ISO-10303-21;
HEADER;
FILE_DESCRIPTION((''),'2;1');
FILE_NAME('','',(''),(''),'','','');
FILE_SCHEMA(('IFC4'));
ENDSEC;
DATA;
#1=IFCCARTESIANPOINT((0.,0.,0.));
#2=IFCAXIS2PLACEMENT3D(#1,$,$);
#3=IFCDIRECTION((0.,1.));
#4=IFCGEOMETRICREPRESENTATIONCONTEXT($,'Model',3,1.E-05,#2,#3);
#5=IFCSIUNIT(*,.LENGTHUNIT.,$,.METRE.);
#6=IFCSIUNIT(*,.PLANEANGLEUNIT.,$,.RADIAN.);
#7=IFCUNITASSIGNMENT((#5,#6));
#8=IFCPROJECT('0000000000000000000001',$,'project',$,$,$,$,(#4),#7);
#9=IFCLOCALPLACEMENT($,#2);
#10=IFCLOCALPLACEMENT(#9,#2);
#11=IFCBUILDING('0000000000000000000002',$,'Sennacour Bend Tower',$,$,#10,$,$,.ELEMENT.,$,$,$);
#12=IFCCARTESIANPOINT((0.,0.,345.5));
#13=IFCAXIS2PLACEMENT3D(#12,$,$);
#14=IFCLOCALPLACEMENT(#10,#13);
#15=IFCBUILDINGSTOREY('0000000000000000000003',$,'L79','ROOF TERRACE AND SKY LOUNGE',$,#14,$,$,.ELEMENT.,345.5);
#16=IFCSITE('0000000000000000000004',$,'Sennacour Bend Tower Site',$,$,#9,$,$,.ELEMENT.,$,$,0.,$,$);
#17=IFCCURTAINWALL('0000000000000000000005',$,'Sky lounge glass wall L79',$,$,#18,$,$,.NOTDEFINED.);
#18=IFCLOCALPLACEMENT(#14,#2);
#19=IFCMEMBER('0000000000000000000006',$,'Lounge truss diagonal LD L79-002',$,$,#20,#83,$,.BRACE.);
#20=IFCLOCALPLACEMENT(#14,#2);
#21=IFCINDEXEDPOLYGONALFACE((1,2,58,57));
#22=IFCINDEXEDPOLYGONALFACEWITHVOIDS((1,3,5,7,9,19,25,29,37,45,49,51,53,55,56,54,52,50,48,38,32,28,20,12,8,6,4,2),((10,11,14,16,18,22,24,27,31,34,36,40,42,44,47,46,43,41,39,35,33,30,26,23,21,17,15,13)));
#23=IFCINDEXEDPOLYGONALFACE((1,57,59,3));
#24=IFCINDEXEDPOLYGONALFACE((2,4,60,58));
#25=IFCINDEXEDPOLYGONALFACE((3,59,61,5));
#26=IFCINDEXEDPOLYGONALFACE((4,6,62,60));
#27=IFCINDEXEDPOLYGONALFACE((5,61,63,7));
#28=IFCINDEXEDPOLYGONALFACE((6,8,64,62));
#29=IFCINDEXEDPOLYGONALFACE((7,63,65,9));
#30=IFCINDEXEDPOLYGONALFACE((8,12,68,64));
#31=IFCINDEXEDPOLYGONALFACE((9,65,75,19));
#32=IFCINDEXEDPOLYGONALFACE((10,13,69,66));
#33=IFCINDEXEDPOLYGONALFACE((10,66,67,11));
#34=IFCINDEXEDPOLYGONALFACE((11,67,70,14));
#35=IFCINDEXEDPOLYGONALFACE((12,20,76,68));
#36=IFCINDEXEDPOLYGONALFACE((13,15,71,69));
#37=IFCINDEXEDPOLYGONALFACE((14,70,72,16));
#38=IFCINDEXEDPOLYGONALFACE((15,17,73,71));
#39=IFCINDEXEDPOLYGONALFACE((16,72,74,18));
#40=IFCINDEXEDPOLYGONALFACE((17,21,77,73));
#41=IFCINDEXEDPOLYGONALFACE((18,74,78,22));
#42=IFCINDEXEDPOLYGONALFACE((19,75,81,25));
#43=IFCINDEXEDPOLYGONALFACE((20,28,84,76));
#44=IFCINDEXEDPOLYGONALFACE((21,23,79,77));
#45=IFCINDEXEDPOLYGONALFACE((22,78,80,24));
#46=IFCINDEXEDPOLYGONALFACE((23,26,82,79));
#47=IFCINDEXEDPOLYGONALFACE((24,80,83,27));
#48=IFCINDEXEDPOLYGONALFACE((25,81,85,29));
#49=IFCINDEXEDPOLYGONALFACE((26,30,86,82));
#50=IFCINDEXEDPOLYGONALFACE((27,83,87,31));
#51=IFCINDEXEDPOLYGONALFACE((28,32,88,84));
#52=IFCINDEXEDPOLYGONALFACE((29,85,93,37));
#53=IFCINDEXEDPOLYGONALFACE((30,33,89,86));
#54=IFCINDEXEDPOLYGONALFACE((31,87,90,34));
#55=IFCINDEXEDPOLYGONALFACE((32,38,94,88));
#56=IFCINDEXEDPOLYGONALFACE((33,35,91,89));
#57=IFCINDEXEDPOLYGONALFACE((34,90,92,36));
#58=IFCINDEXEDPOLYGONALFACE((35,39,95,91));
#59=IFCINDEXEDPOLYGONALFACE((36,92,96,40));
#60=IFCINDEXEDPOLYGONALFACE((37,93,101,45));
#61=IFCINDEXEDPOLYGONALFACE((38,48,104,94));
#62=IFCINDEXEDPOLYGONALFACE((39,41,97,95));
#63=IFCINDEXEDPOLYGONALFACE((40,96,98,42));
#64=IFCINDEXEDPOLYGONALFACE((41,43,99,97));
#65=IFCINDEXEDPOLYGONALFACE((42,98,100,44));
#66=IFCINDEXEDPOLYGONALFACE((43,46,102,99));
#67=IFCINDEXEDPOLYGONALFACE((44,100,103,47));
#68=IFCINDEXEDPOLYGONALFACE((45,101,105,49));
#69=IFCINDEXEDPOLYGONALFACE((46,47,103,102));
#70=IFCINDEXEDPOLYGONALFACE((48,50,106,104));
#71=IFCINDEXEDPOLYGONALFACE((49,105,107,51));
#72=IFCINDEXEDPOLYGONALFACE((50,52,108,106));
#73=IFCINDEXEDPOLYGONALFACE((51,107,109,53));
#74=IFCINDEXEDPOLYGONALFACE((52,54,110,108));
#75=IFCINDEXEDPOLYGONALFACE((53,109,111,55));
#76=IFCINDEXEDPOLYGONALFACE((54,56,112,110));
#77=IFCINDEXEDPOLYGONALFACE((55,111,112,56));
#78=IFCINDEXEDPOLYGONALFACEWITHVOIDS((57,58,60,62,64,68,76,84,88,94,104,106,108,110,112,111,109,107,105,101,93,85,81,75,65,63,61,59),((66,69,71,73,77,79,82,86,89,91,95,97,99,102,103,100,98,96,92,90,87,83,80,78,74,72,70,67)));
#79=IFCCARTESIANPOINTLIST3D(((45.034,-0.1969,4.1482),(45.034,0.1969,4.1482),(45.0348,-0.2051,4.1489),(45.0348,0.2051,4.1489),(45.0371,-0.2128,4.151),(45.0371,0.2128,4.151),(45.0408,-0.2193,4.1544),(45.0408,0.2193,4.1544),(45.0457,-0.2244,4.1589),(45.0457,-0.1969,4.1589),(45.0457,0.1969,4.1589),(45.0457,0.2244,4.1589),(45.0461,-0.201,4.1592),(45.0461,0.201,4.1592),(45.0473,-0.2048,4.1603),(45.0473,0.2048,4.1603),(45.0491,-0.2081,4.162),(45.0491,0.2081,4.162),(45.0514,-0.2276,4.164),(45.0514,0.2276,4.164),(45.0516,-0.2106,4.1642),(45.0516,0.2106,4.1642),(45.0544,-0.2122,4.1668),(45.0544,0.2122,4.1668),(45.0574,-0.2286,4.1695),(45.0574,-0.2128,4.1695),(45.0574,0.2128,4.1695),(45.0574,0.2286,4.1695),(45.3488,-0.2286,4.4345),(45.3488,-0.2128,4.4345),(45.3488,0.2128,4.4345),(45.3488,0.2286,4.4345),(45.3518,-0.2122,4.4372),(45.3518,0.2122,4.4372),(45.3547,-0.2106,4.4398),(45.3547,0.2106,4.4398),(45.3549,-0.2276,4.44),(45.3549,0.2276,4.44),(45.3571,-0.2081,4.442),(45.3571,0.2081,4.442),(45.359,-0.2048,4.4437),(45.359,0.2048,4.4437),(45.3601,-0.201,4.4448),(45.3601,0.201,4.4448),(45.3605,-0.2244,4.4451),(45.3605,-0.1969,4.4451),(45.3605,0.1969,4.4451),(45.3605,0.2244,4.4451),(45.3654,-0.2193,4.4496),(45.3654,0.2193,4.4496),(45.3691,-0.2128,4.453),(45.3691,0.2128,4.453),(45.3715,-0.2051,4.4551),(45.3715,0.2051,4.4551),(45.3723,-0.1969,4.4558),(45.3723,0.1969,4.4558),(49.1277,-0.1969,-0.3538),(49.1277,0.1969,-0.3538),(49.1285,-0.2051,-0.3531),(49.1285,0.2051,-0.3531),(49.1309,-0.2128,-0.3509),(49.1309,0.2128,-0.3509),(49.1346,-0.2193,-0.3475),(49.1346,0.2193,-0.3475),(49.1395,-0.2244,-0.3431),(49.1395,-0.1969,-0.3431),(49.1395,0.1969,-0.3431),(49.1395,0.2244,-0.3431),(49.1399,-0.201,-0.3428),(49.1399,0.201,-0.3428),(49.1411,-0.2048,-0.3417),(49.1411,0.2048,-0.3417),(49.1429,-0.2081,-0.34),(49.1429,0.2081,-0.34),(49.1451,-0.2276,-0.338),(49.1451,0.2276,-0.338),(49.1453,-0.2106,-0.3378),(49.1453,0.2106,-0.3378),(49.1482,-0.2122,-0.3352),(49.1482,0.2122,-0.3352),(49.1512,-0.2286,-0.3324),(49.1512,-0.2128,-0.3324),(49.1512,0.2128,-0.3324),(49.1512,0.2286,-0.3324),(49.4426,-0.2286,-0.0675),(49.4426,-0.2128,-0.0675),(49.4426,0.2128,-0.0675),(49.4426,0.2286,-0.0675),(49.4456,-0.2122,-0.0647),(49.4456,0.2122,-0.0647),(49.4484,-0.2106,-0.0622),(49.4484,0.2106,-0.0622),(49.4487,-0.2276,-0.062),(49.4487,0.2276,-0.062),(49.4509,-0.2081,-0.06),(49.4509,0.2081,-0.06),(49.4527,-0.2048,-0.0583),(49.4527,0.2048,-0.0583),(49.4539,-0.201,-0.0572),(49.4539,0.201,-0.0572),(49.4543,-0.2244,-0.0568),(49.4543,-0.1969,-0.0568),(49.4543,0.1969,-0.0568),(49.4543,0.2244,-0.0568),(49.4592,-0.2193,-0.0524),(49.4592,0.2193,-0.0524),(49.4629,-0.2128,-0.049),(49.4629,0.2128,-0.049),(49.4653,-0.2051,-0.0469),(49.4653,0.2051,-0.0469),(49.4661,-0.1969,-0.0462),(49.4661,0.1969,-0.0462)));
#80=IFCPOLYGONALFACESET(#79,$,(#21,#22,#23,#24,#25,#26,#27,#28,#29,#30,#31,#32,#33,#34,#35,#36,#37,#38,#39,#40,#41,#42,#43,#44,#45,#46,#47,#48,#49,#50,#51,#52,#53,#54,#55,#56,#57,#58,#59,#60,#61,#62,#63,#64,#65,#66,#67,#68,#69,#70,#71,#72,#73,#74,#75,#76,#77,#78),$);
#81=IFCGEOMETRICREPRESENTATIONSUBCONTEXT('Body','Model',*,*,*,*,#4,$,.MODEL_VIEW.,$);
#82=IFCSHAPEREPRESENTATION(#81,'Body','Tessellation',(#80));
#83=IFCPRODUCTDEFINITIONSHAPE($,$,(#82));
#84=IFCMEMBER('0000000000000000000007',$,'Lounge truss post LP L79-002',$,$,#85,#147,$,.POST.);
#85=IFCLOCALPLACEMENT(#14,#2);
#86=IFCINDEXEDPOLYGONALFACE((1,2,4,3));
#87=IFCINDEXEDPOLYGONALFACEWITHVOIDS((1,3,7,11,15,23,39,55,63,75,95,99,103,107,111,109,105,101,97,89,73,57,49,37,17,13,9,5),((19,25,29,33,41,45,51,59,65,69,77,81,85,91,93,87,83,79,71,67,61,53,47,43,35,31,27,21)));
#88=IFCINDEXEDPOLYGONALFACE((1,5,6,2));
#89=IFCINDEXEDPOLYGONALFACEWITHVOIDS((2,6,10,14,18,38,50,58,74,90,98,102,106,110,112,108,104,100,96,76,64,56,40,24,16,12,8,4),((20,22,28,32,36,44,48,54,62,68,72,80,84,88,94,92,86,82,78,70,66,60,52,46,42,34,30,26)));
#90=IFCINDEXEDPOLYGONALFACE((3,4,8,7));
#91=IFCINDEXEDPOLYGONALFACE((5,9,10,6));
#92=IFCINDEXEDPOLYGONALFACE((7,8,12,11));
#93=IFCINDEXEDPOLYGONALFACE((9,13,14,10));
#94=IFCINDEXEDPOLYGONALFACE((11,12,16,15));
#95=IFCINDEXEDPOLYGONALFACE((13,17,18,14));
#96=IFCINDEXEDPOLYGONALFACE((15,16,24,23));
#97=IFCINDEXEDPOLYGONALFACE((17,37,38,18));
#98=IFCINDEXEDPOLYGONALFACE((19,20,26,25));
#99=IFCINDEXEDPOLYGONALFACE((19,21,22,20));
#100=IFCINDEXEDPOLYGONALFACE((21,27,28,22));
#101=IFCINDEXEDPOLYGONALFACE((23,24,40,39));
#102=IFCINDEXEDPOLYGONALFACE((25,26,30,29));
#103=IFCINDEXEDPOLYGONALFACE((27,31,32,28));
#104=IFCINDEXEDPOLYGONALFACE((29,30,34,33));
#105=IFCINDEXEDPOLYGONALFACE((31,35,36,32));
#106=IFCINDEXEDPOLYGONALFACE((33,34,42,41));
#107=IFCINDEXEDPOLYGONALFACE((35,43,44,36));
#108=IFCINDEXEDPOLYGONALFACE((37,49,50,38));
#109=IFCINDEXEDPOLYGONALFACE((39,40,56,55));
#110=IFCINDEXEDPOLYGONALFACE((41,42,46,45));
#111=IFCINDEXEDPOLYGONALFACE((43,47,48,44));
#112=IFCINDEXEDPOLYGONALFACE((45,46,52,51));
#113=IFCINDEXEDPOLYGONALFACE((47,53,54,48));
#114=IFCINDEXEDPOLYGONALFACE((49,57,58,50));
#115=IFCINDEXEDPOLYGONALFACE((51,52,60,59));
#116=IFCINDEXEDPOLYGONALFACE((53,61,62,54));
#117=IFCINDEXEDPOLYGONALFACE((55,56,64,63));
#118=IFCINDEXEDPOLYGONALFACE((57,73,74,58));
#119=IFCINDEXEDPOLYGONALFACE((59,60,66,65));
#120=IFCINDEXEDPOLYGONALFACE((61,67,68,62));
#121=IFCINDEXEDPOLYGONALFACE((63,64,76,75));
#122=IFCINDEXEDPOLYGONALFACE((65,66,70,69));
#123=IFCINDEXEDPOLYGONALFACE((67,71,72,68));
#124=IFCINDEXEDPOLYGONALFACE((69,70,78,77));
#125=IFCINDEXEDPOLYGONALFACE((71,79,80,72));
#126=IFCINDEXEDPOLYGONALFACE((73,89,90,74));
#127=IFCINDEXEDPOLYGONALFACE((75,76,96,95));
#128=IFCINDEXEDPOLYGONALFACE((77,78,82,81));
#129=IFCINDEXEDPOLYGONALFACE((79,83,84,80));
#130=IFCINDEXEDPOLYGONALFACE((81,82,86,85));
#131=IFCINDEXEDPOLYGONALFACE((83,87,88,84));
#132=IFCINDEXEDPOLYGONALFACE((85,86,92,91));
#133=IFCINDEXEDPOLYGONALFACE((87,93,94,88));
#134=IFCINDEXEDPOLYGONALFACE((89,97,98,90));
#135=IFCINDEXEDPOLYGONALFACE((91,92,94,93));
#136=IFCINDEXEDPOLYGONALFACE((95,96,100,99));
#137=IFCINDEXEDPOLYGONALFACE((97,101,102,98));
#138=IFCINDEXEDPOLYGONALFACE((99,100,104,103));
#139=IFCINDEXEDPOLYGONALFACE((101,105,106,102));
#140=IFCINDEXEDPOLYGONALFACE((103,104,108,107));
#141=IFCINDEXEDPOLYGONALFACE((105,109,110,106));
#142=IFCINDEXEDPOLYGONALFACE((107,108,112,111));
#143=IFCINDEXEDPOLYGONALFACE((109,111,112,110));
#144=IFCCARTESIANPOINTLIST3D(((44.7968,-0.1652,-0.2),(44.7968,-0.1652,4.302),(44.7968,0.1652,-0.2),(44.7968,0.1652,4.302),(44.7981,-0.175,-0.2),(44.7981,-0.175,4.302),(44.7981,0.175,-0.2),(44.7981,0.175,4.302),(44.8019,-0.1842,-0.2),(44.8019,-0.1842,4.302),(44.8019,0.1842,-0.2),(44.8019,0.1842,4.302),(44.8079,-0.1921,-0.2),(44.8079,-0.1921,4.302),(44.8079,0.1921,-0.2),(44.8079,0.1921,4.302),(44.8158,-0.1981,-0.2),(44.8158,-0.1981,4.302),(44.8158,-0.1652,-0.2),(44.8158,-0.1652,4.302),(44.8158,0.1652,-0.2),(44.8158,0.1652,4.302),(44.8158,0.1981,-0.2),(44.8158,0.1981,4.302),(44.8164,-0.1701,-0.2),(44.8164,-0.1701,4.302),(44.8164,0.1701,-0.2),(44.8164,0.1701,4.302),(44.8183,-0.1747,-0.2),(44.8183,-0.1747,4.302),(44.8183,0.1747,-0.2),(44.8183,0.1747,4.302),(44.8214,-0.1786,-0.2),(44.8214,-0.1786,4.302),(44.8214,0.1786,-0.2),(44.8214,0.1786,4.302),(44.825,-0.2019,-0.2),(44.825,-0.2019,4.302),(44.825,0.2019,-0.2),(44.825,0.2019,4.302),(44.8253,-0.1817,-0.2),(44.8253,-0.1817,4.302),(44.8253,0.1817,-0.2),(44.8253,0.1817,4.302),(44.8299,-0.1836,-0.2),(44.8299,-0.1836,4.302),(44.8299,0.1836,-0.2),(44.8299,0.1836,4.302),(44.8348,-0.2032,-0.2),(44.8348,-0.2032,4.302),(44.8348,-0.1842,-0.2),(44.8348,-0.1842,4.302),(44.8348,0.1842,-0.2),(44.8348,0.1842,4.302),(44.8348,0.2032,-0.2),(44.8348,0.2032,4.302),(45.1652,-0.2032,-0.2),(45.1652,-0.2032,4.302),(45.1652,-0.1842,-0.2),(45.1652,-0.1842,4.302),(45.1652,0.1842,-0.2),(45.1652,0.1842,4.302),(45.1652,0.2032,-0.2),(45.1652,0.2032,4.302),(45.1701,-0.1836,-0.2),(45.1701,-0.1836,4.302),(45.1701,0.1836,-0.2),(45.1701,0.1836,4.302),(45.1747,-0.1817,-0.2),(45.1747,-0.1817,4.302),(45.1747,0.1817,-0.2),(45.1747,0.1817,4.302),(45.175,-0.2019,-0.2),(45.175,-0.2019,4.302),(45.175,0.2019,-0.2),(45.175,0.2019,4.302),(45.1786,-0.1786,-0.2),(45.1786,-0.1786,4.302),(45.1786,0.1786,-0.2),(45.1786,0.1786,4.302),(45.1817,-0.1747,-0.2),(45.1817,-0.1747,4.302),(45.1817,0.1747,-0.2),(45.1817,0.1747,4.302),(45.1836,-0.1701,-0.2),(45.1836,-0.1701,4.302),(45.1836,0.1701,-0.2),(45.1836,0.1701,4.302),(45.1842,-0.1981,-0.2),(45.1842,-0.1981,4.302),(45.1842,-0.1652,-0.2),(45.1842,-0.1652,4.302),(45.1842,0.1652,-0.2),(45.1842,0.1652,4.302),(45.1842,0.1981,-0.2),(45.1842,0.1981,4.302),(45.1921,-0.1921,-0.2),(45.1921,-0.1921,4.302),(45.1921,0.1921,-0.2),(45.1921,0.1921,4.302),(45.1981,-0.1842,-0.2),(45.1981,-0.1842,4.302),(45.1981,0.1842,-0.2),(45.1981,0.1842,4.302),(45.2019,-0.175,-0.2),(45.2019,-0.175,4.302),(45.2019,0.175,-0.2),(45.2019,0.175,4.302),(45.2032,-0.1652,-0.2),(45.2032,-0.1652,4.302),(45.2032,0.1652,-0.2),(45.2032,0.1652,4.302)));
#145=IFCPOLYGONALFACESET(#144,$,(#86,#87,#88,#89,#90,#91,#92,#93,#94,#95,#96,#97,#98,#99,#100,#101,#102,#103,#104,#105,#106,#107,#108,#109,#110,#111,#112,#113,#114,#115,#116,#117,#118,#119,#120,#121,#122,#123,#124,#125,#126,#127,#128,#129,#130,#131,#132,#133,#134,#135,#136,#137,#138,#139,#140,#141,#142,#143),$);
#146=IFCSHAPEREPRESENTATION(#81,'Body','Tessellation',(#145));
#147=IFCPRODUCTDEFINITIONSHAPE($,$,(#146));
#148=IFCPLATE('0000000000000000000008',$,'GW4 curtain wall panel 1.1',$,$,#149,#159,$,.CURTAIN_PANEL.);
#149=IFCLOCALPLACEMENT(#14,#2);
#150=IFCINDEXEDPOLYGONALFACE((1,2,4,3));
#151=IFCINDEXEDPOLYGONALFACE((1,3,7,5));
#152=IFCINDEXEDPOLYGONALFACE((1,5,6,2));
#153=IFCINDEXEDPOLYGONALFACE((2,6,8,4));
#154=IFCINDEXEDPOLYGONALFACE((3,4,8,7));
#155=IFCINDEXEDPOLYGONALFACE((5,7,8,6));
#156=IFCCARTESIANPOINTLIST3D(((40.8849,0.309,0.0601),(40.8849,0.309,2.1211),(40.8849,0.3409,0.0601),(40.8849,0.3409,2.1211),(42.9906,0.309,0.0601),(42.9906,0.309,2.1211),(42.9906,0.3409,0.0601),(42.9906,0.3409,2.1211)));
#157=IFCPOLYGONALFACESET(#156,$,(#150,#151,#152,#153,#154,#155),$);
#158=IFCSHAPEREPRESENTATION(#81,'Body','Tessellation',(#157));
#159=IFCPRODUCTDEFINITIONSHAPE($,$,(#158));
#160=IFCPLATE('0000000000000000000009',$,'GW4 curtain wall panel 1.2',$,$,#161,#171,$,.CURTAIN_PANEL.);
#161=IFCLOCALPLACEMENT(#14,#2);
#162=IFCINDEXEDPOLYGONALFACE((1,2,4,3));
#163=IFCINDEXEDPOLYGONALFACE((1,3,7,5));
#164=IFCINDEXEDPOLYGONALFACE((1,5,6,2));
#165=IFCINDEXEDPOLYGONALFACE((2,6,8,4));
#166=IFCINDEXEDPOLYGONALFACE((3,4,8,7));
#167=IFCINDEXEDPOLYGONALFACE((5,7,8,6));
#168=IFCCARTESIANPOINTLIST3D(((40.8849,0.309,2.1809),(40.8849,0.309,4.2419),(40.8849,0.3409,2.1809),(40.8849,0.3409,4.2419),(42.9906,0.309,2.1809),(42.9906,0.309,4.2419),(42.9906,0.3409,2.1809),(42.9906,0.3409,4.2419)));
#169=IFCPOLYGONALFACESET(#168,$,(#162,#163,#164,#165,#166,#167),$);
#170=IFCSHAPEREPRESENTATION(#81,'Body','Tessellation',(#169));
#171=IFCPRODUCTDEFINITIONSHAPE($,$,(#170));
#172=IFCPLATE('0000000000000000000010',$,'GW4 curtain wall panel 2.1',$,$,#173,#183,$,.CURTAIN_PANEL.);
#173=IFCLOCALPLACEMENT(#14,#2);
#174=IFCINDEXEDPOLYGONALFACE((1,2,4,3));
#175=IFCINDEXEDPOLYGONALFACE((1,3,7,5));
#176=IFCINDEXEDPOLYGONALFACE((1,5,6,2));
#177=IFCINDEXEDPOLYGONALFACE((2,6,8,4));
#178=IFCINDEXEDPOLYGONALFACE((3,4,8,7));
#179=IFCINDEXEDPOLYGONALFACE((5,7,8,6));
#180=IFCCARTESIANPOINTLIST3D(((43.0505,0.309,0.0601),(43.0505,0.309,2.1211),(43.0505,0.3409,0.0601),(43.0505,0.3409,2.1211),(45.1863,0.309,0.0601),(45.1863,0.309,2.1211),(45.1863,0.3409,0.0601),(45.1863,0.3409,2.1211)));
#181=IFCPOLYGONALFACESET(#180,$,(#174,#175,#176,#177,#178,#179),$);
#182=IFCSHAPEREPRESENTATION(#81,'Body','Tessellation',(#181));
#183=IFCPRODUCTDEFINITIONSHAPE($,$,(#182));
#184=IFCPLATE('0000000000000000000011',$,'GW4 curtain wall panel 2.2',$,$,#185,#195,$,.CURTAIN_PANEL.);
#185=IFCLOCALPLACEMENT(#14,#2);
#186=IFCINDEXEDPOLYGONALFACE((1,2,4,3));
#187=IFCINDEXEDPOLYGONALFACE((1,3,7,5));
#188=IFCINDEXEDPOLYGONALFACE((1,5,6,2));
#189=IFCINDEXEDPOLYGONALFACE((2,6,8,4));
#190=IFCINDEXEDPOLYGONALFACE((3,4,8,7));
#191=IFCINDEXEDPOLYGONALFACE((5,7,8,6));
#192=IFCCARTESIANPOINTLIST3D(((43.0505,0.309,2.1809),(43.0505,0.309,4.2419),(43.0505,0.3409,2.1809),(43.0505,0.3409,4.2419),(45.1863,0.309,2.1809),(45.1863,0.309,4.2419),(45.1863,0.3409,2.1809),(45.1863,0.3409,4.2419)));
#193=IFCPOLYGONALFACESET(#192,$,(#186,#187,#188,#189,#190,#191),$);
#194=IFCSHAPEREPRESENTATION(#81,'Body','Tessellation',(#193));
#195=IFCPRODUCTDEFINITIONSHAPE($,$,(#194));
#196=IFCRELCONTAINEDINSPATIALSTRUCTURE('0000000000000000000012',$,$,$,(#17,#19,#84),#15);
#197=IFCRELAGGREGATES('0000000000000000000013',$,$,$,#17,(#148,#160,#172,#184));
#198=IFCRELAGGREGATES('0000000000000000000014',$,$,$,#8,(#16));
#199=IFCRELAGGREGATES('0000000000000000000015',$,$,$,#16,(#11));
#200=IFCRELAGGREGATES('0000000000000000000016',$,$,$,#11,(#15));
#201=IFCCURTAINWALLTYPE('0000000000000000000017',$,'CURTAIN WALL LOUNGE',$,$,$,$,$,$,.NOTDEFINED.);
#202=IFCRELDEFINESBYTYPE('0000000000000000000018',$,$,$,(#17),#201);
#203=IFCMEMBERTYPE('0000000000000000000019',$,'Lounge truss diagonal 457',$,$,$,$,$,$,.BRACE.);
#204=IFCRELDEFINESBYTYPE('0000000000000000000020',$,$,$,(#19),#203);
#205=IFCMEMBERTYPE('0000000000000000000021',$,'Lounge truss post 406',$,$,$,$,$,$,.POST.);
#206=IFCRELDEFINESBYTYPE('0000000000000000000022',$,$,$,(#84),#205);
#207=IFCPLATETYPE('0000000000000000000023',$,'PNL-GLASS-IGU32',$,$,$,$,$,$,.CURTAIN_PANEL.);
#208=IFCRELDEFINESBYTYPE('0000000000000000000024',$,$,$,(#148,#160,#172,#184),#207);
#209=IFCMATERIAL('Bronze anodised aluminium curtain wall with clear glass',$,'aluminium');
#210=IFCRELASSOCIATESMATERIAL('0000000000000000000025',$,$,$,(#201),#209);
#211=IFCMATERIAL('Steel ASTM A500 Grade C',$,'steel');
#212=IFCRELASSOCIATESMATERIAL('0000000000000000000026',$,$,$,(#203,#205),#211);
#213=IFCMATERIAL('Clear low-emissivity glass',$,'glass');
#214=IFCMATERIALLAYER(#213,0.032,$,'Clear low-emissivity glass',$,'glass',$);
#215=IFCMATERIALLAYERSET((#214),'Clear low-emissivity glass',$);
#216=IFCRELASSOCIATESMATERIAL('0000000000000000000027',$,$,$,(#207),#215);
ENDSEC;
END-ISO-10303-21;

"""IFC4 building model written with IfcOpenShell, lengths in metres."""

from ifc_helpers import new_model, si_unit, direction, frame, origin, origin_2d, place, context, subcontext, project, spatial, rectangle, hollow_rectangle, extrude, material, layer, layer_set, material_profile, profile_set, type_object, element, aggregate, save


model = new_model("IFC4")

# Units and contexts
model_context = context("Model", 3, precision=1e-05, world=origin(), true_north=direction((0.0, 1.0)))
body_context = subcontext(model_context, "Body", "Model", "MODEL_VIEW")
ifc_project = project(units=[si_unit("LENGTHUNIT", "METRE"), si_unit("PLANEANGLEUNIT", "RADIAN")], contexts=[model_context])

# Site, building, storey
site_placement = place(None, origin())
site = spatial("IfcSite", under=ifc_project, at=site_placement, Name="Sennacour Bend Tower Site", CompositionType="ELEMENT", RefElevation=0.0)
building_placement = place(site_placement, origin())
building = spatial("IfcBuilding", under=site, at=building_placement, Name="Sennacour Bend Tower", CompositionType="ELEMENT")
storey_placement = place(building_placement, frame((0.0, 0.0, 345.5)))
storey = spatial("IfcBuildingStorey", under=building, at=storey_placement, Name="L79", Description="ROOF TERRACE AND SKY LOUNGE", CompositionType="ELEMENT", Elevation=345.5)

# Curtain wall
ifc_material_1 = material(Name="Bronze anodised aluminium curtain wall with clear glass", Category="aluminium")
curtain_wall_type = type_object("IfcCurtainWallType", Name="CURTAIN WALL LOUNGE", PredefinedType="NOTDEFINED", material=ifc_material_1)
curtain_wall_1_placement = place(storey_placement, origin())
curtain_wall_1 = element("IfcCurtainWall", 1, at=curtain_wall_1_placement, inside=storey, type_object=curtain_wall_type, Name="Sky lounge glass wall L79", PredefinedType="NOTDEFINED")

# Members
ifc_material_2 = material(Name="Steel ASTM A500 Grade C", Category="steel")
ifc_material_profile_1 = material_profile(ifc_material_2, hollow_rectangle(XDim=0.4573, YDim=0.4573, WallThickness=0.0159, InnerFilletRadius=0.0159, OuterFilletRadius=0.0317, at=origin_2d()), Name="Steel ASTM A500 Grade C", Category="steel")
ifc_profile_set_1 = profile_set([ifc_material_profile_1], Name="Steel ASTM A500 Grade C")
member_type_1 = type_object("IfcMemberType", Name="Lounge truss diagonal 457", PredefinedType="BRACE", material=ifc_profile_set_1)
member_1_placement = place(storey_placement, frame((45.2031, 0.0, 4.302), z_axis=(0.672769, 0.0, -0.739853), x_axis=(0.0, 1.0, 0.0)))
element("IfcMember", 2, at=member_1_placement, inside=storey, type_object=member_type_1, Name="Lounge truss diagonal LD L79-002", PredefinedType="BRACE", context=body_context, shape_type="SweptSolid", body=[
    extrude(hollow_rectangle(XDim=0.4573, YDim=0.4573, WallThickness=0.0159, InnerFilletRadius=0.0159, OuterFilletRadius=0.0317, at=origin_2d()), origin(), (0.0, 0.0, 1.0), 6.085),
])
ifc_material_profile_2 = material_profile(ifc_material_2, hollow_rectangle(XDim=0.4065, YDim=0.4065, WallThickness=0.019, InnerFilletRadius=0.019, OuterFilletRadius=0.0381, at=origin_2d()), Name="Steel ASTM A500 Grade C", Category="steel")
ifc_profile_set_2 = profile_set([ifc_material_profile_2], Name="Steel ASTM A500 Grade C")
member_type_2 = type_object("IfcMemberType", Name="Lounge truss post 406", PredefinedType="POST", material=ifc_profile_set_2)
member_2_placement = place(storey_placement, frame((45.0, 0.0, -0.2), z_axis=(0.0, 0.0, 1.0), x_axis=(1.0, 0.0, 0.0)))
element("IfcMember", 3, at=member_2_placement, inside=storey, type_object=member_type_2, Name="Lounge truss post LP L79-002", PredefinedType="POST", context=body_context, shape_type="SweptSolid", body=[
    extrude(hollow_rectangle(XDim=0.4065, YDim=0.4065, WallThickness=0.019, InnerFilletRadius=0.019, OuterFilletRadius=0.0381, at=origin_2d()), origin(), (0.0, 0.0, 1.0), 4.502),
])

# Plates
ifc_material_3 = material(Name="Clear low-emissivity glass", Category="glass")
ifc_layer_1 = layer(ifc_material_3, 0.032, Name="Clear low-emissivity glass", Category="glass")
ifc_layer_set_1 = layer_set([ifc_layer_1], Name="Clear low-emissivity glass")
plate_type = type_object("IfcPlateType", Name="PNL-GLASS-IGU32", PredefinedType="CURTAIN_PANEL", material=ifc_layer_set_1)
plate_1_placement = place(storey_placement, frame((41.9377, 0.325, 0.0601), z_axis=(0.0, 0.0, 1.0), x_axis=(1.0, 0.0, 0.0)))
plate_1 = element("IfcPlate", 4, at=plate_1_placement, type_object=plate_type, Name="GW4 curtain wall panel 1.1", PredefinedType="CURTAIN_PANEL", context=body_context, shape_type="SweptSolid", body=[
    extrude(rectangle(XDim=2.1057, YDim=0.032, at=origin_2d()), origin(), (0.0, 0.0, 1.0), 2.061),
])
plate_2_placement = place(storey_placement, frame((41.9377, 0.325, 2.1809), z_axis=(0.0, 0.0, 1.0), x_axis=(1.0, 0.0, 0.0)))
plate_2 = element("IfcPlate", 5, at=plate_2_placement, type_object=plate_type, Name="GW4 curtain wall panel 1.2", PredefinedType="CURTAIN_PANEL", context=body_context, shape_type="SweptSolid", body=[
    extrude(rectangle(XDim=2.1057, YDim=0.032, at=origin_2d()), origin(), (0.0, 0.0, 1.0), 2.061),
])
plate_3_placement = place(storey_placement, frame((44.1184, 0.325, 0.0601), z_axis=(0.0, 0.0, 1.0), x_axis=(1.0, 0.0, 0.0)))
plate_3 = element("IfcPlate", 6, at=plate_3_placement, type_object=plate_type, Name="GW4 curtain wall panel 2.1", PredefinedType="CURTAIN_PANEL", context=body_context, shape_type="SweptSolid", body=[
    extrude(rectangle(XDim=2.1357, YDim=0.032, at=origin_2d()), origin(), (0.0, 0.0, 1.0), 2.061),
])
plate_4_placement = place(storey_placement, frame((44.1184, 0.325, 2.1809), z_axis=(0.0, 0.0, 1.0), x_axis=(1.0, 0.0, 0.0)))
plate_4 = element("IfcPlate", 7, at=plate_4_placement, type_object=plate_type, Name="GW4 curtain wall panel 2.2", PredefinedType="CURTAIN_PANEL", context=body_context, shape_type="SweptSolid", body=[
    extrude(rectangle(XDim=2.1357, YDim=0.032, at=origin_2d()), origin(), (0.0, 0.0, 1.0), 2.061),
])
aggregate(curtain_wall_1, [plate_1, plate_2, plate_3, plate_4])

save(model, "model.ifc")
